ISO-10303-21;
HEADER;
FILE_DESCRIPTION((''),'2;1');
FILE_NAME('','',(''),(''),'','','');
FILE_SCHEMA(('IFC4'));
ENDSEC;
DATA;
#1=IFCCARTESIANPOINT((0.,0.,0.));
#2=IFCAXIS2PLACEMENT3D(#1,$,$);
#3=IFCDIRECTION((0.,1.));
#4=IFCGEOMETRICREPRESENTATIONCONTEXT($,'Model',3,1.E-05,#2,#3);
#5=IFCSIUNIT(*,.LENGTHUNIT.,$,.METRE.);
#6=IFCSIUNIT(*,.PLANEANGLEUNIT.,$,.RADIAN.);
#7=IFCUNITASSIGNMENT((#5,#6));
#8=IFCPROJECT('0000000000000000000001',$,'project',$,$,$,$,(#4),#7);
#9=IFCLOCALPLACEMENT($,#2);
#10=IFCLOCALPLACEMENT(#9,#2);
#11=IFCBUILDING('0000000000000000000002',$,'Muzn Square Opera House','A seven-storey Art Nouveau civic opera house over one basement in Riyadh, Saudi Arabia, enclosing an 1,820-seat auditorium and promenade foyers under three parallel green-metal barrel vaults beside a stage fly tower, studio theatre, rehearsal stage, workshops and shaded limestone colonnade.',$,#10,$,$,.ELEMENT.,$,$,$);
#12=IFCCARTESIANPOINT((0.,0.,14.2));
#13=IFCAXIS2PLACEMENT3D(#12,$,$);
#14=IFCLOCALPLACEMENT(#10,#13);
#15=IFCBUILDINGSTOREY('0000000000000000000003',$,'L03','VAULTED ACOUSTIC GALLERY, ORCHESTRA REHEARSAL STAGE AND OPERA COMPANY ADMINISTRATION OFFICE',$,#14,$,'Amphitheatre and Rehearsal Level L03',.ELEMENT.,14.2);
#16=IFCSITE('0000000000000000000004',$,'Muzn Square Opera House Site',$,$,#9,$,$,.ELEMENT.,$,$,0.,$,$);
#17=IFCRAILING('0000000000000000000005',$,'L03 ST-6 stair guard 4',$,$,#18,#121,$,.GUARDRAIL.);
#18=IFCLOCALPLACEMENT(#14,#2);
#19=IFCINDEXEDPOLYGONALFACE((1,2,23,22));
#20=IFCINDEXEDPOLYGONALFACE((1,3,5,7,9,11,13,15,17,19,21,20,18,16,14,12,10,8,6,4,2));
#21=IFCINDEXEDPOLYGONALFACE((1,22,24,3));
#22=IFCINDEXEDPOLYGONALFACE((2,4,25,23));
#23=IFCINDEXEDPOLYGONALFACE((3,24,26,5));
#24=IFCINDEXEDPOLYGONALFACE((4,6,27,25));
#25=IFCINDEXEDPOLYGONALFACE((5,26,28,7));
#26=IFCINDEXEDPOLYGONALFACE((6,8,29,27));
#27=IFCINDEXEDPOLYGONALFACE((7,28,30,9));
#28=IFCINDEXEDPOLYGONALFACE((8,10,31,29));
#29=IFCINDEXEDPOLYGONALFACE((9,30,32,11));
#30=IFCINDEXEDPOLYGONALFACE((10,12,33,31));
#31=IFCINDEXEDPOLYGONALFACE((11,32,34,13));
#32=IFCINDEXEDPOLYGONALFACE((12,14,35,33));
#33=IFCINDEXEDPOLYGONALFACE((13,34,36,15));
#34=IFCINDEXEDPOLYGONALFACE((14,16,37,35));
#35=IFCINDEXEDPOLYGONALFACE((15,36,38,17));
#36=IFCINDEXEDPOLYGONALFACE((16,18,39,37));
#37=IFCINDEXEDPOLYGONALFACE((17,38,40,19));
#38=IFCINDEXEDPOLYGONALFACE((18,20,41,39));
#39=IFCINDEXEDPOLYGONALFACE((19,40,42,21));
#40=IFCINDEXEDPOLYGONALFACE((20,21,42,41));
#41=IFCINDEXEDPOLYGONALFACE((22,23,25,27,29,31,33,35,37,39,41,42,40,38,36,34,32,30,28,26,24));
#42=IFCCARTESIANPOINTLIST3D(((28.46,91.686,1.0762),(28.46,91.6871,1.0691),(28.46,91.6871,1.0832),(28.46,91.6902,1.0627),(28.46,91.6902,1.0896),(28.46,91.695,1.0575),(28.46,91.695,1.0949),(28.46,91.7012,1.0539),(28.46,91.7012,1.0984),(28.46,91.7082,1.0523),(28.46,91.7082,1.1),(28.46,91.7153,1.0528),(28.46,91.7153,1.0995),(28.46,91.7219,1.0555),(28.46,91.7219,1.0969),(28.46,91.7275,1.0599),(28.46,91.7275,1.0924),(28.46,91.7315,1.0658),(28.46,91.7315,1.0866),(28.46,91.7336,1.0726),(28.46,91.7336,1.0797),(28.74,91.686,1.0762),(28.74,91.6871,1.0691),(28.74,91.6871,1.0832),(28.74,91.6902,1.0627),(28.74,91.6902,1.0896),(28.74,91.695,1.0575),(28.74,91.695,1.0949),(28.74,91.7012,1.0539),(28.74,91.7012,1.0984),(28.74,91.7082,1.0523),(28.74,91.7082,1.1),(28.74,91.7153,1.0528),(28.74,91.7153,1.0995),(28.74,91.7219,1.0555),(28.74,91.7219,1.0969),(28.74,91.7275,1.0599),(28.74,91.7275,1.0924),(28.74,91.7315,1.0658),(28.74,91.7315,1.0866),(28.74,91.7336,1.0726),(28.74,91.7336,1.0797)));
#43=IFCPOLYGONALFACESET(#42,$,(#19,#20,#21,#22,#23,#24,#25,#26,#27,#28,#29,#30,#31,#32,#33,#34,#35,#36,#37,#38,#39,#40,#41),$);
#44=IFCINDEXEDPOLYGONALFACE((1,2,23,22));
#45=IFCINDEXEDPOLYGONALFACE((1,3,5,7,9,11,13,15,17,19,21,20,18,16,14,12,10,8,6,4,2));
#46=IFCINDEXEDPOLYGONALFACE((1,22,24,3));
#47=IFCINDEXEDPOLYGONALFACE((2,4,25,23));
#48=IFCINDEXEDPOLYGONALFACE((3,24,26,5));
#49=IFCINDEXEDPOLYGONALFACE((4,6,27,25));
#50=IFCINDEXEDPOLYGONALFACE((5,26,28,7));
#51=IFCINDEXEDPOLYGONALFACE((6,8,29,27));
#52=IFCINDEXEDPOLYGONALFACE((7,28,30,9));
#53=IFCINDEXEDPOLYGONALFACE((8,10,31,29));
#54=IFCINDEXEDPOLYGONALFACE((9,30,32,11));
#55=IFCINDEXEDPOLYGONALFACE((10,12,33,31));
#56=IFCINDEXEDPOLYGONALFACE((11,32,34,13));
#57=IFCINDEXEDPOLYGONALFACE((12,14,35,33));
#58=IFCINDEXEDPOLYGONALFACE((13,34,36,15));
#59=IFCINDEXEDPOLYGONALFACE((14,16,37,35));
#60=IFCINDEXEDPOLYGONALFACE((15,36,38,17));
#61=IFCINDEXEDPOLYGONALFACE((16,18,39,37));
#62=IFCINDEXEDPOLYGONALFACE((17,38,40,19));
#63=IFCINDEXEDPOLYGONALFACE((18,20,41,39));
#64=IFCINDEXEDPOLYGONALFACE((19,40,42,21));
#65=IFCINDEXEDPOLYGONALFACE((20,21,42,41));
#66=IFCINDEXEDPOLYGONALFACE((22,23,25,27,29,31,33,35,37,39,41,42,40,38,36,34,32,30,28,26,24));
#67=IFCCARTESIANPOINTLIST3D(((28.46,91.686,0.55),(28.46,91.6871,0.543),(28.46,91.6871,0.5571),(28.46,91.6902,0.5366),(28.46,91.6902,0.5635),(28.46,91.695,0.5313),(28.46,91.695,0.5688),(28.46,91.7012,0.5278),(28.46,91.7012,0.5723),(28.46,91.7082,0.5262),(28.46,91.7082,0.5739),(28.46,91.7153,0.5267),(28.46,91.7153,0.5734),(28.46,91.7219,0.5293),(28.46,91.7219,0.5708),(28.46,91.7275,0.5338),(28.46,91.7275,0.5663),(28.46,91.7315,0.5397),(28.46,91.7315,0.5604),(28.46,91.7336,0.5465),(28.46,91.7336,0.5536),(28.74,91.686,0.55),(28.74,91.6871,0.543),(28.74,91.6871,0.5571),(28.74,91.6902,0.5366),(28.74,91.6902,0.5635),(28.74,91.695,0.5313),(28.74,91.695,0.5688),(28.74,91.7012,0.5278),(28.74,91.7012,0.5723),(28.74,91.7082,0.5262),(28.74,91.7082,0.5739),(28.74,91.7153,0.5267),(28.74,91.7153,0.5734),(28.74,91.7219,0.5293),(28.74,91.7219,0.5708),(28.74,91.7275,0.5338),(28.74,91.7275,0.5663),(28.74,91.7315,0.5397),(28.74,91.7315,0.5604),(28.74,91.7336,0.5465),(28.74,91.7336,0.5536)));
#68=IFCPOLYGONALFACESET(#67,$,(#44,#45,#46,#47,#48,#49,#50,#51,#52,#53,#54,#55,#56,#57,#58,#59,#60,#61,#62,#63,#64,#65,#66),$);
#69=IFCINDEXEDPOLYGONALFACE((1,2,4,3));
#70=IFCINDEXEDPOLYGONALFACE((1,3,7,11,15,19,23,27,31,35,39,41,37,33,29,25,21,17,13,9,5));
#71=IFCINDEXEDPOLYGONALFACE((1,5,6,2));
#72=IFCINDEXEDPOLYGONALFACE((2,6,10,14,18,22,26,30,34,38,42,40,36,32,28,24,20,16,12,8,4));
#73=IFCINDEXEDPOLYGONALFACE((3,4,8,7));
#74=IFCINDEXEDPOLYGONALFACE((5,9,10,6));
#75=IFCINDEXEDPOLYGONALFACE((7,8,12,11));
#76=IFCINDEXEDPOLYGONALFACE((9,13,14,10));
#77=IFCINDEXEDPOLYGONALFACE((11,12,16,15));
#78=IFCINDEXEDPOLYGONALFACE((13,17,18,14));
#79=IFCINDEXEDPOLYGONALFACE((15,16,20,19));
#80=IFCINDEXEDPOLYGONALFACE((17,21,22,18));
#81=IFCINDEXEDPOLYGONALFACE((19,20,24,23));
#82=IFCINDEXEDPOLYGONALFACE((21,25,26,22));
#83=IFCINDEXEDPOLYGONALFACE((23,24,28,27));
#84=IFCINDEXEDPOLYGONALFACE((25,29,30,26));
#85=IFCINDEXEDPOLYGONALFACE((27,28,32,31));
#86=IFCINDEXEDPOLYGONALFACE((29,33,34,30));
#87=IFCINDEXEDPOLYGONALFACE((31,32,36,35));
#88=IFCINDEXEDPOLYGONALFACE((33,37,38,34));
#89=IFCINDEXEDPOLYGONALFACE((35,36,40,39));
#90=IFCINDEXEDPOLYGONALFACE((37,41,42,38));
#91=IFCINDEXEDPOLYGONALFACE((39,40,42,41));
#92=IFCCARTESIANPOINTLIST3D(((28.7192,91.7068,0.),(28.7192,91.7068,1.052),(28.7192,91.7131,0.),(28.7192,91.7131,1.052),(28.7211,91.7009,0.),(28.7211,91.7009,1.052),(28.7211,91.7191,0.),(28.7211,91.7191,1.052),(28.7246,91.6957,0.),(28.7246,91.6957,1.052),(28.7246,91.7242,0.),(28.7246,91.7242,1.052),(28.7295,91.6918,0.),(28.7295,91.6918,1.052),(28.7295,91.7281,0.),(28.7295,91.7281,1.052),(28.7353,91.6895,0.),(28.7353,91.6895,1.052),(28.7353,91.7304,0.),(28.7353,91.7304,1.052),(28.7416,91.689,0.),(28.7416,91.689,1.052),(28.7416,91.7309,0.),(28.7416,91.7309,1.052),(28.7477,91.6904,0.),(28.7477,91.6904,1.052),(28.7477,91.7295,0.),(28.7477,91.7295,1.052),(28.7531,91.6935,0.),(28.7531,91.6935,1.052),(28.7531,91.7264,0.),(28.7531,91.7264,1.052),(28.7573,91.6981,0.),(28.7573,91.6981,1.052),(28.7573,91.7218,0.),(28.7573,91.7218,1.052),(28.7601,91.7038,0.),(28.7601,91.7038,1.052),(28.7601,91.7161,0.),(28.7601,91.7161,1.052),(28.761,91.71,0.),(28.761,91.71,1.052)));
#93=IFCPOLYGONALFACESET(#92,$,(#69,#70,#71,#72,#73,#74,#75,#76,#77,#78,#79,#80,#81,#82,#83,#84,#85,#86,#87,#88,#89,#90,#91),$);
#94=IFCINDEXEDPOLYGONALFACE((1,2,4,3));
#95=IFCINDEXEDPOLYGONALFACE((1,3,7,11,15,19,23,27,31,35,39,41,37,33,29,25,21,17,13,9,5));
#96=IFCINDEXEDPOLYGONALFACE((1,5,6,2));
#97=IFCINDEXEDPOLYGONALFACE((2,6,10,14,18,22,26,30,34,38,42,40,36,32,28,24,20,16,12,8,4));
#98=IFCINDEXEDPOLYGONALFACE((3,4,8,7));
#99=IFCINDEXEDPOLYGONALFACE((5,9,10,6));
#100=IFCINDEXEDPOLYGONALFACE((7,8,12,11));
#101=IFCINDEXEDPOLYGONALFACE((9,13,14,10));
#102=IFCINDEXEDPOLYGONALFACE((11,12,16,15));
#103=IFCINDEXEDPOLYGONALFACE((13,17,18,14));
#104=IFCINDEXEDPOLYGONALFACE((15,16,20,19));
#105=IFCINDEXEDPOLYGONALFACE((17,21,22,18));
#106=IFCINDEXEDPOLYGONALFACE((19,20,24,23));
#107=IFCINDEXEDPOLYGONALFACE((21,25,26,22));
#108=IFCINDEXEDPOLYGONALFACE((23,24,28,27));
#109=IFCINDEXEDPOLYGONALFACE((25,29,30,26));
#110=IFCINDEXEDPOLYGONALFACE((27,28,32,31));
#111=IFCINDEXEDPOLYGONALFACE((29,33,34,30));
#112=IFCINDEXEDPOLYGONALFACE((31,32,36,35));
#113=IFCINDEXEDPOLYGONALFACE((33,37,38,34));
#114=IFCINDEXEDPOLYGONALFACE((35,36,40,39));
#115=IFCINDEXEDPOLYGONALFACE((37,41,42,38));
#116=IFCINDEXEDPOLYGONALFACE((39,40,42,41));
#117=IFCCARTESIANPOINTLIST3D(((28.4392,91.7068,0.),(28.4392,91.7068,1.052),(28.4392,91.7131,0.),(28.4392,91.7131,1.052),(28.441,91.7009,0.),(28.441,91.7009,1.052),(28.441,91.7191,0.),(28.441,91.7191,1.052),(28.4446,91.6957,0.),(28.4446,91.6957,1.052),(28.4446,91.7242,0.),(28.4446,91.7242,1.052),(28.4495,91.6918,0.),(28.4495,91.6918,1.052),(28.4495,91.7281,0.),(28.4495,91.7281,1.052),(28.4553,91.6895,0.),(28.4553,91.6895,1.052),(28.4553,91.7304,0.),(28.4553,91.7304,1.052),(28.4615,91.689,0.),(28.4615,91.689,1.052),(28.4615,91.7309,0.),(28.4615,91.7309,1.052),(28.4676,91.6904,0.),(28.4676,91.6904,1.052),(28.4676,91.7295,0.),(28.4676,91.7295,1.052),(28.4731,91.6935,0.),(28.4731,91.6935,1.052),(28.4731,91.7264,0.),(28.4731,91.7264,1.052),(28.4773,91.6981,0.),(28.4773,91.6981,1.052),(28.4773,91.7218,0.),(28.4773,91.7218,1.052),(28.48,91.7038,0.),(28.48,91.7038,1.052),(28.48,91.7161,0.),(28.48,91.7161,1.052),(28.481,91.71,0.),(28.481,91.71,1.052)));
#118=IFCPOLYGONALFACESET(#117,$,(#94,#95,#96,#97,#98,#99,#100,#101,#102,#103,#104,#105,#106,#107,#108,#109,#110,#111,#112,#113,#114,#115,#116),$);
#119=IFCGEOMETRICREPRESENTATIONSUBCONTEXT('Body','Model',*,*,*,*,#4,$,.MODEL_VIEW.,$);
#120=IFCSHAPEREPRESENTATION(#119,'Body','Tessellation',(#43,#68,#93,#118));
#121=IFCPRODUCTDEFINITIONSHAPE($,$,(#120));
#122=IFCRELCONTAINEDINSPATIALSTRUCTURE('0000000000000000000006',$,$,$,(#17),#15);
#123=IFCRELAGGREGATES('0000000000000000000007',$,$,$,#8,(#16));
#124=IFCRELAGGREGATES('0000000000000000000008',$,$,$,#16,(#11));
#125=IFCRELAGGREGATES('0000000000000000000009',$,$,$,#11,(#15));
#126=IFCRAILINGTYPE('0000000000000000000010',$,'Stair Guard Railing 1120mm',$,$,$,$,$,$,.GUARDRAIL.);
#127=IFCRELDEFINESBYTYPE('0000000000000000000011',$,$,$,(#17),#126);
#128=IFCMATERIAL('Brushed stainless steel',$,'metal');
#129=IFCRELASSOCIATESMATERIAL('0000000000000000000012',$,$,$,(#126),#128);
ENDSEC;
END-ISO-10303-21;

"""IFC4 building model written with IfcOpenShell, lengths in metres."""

from ifc_helpers import new_model, si_unit, direction, frame, origin, origin_2d, place, context, subcontext, project, spatial, circle, extrude, material, type_object, element, save


model = new_model("IFC4")

# Units and contexts
model_context = context("Model", 3, precision=1e-05, world=origin(), true_north=direction((0.0, 1.0)))
body_context = subcontext(model_context, "Body", "Model", "MODEL_VIEW")
ifc_project = project(units=[si_unit("LENGTHUNIT", "METRE"), si_unit("PLANEANGLEUNIT", "RADIAN")], contexts=[model_context])

# Site, building, storey
site_placement = place(None, origin())
site = spatial("IfcSite", under=ifc_project, at=site_placement, Name="Muzn Square Opera House Site", CompositionType="ELEMENT", RefElevation=0.0)
building_placement = place(site_placement, origin())
building = spatial("IfcBuilding", under=site, at=building_placement, Name="Muzn Square Opera House", Description="A seven-storey Art Nouveau civic opera house over one basement in Riyadh, Saudi Arabia, enclosing an 1,820-seat auditorium and promenade foyers under three parallel green-metal barrel vaults beside a stage fly tower, studio theatre, rehearsal stage, workshops and shaded limestone colonnade.", CompositionType="ELEMENT")
storey_placement = place(building_placement, frame((0.0, 0.0, 14.2)))
storey = spatial("IfcBuildingStorey", under=building, at=storey_placement, Name="L03", Description="VAULTED ACOUSTIC GALLERY, ORCHESTRA REHEARSAL STAGE AND OPERA COMPANY ADMINISTRATION OFFICE", LongName="Amphitheatre and Rehearsal Level L03", CompositionType="ELEMENT", Elevation=14.2)

# Railing
ifc_material_1 = material(Name="Brushed stainless steel", Category="metal")
railing_type_1 = type_object("IfcRailingType", Name="Stair Guard Railing 1120mm", PredefinedType="GUARDRAIL", material=ifc_material_1)
railing_1_placement = place(storey_placement, frame((28.74, 91.71, 0.0)))
element("IfcRailing", 1, at=railing_1_placement, inside=storey, type_object=railing_type_1, Name="L03 ST-6 stair guard 4", PredefinedType="GUARDRAIL", context=body_context, shape_type="SweptSolid", body=[
    extrude(circle(Radius=0.0239, at=origin_2d()), frame((0.0, 0.0, 1.0762), z_axis=(-1.0, 0.0, 0.0), x_axis=(0.0, -1.0, 0.0)), (0.0, 0.0, 1.0), 0.28),
    extrude(circle(Radius=0.0239, at=origin_2d()), frame((0.0, 0.0, 0.55), z_axis=(-1.0, 0.0, 0.0), x_axis=(0.0, -1.0, 0.0)), (0.0, 0.0, 1.0), 0.28),
    extrude(circle(Radius=0.021, at=origin_2d()), origin(), (0.0, 0.0, 1.0), 1.052),
    extrude(circle(Radius=0.021, at=origin_2d()), frame((-0.28, 0.0, 0.0)), (0.0, 0.0, 1.0), 1.052),
])

save(model, "model.ifc")
